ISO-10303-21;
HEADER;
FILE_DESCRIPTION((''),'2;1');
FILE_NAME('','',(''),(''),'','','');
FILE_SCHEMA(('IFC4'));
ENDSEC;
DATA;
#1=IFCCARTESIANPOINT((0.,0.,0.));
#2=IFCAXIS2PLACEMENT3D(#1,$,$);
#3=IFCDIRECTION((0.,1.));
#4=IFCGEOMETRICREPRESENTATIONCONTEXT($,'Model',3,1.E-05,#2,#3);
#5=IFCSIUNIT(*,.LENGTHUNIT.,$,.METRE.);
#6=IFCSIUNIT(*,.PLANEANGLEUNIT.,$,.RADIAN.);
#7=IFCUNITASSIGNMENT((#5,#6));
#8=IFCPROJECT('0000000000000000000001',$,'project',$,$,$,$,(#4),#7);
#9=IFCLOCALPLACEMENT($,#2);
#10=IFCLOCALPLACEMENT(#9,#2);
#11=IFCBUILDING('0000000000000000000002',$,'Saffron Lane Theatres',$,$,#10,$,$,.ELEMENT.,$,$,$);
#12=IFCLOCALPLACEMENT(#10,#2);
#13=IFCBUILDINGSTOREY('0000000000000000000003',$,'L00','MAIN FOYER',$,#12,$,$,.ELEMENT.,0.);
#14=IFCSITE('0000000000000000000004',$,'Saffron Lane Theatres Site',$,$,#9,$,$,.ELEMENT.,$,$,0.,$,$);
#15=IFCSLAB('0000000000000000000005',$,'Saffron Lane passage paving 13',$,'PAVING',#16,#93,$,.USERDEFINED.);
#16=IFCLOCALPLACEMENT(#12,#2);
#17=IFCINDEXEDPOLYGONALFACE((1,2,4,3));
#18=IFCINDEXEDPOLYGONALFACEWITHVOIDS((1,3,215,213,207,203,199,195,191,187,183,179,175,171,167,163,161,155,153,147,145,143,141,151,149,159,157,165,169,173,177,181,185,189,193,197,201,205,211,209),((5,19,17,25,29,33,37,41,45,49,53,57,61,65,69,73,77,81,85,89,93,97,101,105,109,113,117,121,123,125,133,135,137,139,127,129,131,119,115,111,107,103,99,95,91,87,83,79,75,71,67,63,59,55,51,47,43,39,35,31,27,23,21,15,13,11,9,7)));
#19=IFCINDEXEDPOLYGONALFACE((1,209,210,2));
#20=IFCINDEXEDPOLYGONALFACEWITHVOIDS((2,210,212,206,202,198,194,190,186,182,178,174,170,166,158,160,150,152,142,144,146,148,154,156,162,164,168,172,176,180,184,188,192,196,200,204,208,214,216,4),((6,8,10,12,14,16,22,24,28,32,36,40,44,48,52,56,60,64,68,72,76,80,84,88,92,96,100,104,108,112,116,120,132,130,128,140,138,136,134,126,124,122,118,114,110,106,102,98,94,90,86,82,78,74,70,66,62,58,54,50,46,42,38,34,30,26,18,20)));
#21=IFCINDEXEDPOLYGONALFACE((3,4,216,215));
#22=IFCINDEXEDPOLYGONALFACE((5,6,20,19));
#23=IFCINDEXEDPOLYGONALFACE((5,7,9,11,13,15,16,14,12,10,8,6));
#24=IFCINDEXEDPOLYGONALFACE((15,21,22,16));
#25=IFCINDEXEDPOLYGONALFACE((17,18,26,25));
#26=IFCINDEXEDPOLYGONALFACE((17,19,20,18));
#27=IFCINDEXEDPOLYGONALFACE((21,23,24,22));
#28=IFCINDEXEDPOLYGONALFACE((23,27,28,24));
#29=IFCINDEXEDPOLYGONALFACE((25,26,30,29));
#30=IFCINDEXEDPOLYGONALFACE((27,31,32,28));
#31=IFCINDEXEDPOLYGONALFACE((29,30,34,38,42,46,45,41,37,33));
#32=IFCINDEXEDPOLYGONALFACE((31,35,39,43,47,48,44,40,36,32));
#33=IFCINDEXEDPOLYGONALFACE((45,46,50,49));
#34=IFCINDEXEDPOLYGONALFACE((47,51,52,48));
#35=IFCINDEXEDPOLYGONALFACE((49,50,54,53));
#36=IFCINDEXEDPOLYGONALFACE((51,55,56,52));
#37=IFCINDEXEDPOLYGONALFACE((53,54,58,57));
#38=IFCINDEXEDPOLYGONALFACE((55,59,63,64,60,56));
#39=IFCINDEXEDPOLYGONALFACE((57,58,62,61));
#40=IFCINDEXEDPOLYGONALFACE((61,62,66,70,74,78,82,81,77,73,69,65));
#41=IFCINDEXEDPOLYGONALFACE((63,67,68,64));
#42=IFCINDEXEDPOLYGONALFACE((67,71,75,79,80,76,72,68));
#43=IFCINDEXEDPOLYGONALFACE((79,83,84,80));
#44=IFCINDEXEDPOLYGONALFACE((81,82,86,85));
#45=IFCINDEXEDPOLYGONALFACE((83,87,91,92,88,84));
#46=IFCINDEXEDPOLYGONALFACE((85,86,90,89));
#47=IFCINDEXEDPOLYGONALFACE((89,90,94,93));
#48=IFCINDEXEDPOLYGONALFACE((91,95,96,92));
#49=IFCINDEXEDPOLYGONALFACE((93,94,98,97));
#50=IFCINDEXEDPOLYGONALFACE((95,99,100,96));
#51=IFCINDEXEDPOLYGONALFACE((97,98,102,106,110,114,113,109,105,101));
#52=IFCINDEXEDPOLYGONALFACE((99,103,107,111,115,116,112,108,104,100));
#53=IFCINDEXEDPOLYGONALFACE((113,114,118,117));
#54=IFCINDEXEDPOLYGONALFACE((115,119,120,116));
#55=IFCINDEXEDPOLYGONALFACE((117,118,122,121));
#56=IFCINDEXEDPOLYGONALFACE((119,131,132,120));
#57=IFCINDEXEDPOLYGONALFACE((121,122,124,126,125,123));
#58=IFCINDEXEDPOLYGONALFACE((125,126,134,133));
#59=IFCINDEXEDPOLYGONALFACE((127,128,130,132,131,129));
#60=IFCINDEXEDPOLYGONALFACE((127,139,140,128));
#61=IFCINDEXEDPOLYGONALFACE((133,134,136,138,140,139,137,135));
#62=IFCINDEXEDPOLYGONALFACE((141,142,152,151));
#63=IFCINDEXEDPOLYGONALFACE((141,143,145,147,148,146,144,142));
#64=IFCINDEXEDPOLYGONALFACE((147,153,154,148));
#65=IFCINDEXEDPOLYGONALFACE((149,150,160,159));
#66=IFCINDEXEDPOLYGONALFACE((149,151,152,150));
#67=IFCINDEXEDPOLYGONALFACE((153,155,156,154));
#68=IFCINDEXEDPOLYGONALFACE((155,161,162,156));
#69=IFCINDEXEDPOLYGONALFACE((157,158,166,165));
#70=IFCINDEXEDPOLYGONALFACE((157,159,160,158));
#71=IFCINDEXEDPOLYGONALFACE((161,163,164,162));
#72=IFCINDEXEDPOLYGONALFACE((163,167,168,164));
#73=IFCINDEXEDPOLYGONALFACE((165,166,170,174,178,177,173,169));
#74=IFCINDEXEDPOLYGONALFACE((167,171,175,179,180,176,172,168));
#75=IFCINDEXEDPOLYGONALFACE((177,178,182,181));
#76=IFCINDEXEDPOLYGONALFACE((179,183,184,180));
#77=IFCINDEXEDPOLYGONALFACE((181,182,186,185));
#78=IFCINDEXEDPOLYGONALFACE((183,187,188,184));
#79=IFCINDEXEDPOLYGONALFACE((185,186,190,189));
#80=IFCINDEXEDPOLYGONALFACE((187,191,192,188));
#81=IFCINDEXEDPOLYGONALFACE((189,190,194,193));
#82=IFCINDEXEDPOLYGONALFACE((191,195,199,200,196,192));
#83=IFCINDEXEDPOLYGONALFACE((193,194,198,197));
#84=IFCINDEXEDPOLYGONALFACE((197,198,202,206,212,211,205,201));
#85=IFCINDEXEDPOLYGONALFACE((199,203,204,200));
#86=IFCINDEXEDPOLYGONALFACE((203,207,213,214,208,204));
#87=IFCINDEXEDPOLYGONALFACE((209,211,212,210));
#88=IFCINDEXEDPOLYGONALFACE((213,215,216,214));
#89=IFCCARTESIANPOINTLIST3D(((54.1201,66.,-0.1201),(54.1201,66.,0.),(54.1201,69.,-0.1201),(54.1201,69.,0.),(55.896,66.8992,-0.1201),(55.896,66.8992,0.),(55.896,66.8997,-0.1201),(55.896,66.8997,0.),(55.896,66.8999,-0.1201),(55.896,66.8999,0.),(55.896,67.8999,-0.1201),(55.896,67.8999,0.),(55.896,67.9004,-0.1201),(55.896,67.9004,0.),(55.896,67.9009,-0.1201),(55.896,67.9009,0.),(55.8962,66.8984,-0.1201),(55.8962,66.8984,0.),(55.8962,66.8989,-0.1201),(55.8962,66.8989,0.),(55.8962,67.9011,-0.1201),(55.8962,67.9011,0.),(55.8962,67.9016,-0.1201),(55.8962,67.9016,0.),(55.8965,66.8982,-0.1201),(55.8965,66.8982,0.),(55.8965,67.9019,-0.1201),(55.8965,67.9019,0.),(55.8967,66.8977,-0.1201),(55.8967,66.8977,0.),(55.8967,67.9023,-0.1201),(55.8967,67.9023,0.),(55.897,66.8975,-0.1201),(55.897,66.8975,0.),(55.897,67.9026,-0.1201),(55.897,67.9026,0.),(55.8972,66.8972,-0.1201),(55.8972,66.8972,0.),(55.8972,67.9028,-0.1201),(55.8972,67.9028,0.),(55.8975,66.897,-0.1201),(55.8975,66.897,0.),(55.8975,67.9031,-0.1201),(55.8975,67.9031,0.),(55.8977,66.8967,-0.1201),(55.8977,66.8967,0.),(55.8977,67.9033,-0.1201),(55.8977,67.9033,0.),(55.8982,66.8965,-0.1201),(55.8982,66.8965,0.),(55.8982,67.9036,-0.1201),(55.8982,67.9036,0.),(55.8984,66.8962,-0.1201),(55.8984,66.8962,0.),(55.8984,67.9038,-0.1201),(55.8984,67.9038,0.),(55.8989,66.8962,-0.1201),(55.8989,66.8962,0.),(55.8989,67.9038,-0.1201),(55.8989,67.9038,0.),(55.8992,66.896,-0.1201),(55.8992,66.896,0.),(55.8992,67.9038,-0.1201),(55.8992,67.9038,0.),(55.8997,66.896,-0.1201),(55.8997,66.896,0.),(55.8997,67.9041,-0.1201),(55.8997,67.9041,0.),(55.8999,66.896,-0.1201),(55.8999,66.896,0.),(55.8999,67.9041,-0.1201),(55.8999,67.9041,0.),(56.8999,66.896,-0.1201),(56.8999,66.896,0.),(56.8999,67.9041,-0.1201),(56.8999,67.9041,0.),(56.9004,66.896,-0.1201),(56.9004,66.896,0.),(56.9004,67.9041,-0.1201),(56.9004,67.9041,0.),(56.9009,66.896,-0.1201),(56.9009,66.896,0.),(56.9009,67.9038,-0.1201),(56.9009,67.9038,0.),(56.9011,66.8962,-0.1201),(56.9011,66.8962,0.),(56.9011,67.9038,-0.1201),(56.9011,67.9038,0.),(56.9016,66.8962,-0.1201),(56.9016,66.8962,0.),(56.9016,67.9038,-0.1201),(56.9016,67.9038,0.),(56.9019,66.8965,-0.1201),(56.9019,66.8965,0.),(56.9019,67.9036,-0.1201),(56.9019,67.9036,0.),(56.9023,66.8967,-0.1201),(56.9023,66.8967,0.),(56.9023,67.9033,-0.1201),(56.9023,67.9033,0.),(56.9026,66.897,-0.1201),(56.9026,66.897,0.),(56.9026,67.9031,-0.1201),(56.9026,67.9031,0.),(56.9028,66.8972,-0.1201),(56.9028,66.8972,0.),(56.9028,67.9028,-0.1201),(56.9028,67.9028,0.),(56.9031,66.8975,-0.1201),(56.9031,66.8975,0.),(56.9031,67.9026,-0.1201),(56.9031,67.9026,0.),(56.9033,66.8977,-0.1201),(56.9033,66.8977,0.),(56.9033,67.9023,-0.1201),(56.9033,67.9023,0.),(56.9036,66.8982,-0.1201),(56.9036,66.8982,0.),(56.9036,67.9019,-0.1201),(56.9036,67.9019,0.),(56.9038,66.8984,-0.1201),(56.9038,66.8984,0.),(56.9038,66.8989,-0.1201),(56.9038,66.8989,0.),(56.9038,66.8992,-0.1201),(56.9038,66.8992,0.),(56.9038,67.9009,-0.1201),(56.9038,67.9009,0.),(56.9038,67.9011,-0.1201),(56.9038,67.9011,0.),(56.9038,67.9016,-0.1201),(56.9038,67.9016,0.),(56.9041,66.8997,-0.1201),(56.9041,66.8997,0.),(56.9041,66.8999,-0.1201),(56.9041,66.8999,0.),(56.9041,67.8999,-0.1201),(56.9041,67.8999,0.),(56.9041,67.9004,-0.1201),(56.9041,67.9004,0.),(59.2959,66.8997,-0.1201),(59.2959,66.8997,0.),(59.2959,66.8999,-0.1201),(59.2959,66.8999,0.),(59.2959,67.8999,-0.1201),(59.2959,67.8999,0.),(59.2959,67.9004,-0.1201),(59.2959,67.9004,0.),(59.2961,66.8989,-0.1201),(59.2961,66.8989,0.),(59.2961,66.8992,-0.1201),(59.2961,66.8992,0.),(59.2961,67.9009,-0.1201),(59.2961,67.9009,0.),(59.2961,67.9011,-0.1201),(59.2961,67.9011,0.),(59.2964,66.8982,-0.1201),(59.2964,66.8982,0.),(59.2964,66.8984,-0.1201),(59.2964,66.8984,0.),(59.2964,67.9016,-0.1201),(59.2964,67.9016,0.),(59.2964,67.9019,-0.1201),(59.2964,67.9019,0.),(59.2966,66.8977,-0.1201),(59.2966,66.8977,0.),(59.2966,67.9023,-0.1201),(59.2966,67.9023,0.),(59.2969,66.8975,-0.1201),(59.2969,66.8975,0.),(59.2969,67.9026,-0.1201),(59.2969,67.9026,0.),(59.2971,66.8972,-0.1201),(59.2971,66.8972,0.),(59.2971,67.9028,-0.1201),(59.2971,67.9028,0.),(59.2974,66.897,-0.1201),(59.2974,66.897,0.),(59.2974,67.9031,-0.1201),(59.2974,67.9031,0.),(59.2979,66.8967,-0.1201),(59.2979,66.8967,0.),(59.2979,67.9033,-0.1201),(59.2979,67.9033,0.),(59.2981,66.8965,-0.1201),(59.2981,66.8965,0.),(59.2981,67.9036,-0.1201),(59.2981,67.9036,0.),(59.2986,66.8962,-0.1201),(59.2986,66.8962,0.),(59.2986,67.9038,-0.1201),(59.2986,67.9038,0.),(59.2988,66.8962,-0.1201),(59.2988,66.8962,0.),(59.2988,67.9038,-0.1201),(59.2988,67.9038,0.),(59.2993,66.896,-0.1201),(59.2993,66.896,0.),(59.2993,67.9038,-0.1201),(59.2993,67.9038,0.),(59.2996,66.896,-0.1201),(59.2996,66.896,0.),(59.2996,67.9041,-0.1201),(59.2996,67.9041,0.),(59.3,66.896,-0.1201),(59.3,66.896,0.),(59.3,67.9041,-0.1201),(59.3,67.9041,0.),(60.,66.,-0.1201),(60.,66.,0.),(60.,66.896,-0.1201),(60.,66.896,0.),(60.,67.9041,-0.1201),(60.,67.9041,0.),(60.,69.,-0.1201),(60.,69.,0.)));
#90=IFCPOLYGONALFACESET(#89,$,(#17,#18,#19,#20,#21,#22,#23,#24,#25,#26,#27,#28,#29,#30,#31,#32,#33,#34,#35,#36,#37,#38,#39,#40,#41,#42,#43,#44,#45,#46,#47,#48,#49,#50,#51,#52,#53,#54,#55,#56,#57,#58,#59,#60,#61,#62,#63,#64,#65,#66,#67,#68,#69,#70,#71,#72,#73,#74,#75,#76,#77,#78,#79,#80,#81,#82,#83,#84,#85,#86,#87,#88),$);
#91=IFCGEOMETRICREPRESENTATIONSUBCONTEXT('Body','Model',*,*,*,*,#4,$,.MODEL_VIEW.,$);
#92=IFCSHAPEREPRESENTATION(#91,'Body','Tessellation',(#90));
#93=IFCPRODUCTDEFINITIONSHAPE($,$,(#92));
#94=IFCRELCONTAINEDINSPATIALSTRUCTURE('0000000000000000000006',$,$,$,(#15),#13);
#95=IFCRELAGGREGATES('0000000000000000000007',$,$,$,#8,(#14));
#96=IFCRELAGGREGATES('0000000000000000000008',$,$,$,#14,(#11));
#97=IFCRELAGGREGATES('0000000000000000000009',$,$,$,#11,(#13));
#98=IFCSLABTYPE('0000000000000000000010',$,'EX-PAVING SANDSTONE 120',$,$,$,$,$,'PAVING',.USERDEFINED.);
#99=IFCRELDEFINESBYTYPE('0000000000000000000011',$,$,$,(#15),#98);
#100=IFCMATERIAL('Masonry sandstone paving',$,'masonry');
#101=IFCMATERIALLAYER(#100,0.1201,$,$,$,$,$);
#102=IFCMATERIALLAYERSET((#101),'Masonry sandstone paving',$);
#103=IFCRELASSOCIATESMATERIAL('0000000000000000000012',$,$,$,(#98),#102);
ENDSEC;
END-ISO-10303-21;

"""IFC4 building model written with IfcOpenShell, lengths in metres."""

from ifc_helpers import new_model, si_unit, direction, frame, origin, place, context, subcontext, project, spatial, polyline, outline, extrude, material, layer, layer_set, type_object, element, save


model = new_model("IFC4")

# Units and contexts
model_context = context("Model", 3, precision=1e-05, world=origin(), true_north=direction((0.0, 1.0)))
body_context = subcontext(model_context, "Body", "Model", "MODEL_VIEW")
ifc_project = project(units=[si_unit("LENGTHUNIT", "METRE"), si_unit("PLANEANGLEUNIT", "RADIAN")], contexts=[model_context])

# Site, building, storey
site_placement = place(None, origin())
site = spatial("IfcSite", under=ifc_project, at=site_placement, Name="Saffron Lane Theatres Site", CompositionType="ELEMENT", RefElevation=0.0)
building_placement = place(site_placement, origin())
building = spatial("IfcBuilding", under=site, at=building_placement, Name="Saffron Lane Theatres", CompositionType="ELEMENT")
storey_placement = place(building_placement, origin())
storey = spatial("IfcBuildingStorey", under=building, at=storey_placement, Name="L00", Description="MAIN FOYER", CompositionType="ELEMENT", Elevation=0.0)

# Slab
ifc_material_1 = material(Name="Masonry sandstone paving", Category="masonry")
ifc_layer_1 = layer(ifc_material_1, 0.1201)
ifc_layer_set_1 = layer_set([ifc_layer_1], Name="Masonry sandstone paving")
slab_type_1 = type_object("IfcSlabType", Name="EX-PAVING SANDSTONE 120", ElementType="PAVING", PredefinedType="USERDEFINED", material=ifc_layer_set_1)
slab_1_placement = place(storey_placement, frame((0.0, 0.0, -0.1201)))
element("IfcSlab", 1, at=slab_1_placement, inside=storey, type_object=slab_type_1, Name="Saffron Lane passage paving 13", ObjectType="PAVING", PredefinedType="USERDEFINED", context=body_context, shape_type="SweptSolid", body=[
    extrude(outline(polyline([(60.0, 67.9041), (60.0, 69.0), (54.1201, 69.0), (54.1201, 66.0), (60.0, 66.0), (60.0, 66.896), (59.3, 66.896), (59.2996, 66.896), (59.2993, 66.896), (59.2988, 66.8962), (59.2986, 66.8962), (59.2981, 66.8965), (59.2979, 66.8967), (59.2974, 66.897), (59.2971, 66.8972), (59.2969, 66.8975), (59.2966, 66.8977), (59.2964, 66.8982), (59.2964, 66.8984), (59.2961, 66.8989), (59.2961, 66.8992), (59.2959, 66.8997), (59.2959, 66.8999), (59.2959, 67.8999), (59.2959, 67.9004), (59.2961, 67.9009), (59.2961, 67.9011), (59.2964, 67.9016), (59.2964, 67.9019), (59.2966, 67.9023), (59.2969, 67.9026), (59.2971, 67.9028), (59.2974, 67.9031), (59.2979, 67.9033), (59.2981, 67.9036), (59.2986, 67.9038), (59.2988, 67.9038), (59.2993, 67.9038), (59.2996, 67.9041), (59.3, 67.9041), (60.0, 67.9041)]), holes=[polyline([(55.896, 67.9009), (55.8962, 67.9011), (55.8962, 67.9016), (55.8965, 67.9019), (55.8967, 67.9023), (55.897, 67.9026), (55.8972, 67.9028), (55.8975, 67.9031), (55.8977, 67.9033), (55.8982, 67.9036), (55.8984, 67.9038), (55.8989, 67.9038), (55.8992, 67.9038), (55.8997, 67.9041), (55.8999, 67.9041), (56.8999, 67.9041), (56.9004, 67.9041), (56.9009, 67.9038), (56.9011, 67.9038), (56.9016, 67.9038), (56.9019, 67.9036), (56.9023, 67.9033), (56.9026, 67.9031), (56.9028, 67.9028), (56.9031, 67.9026), (56.9033, 67.9023), (56.9036, 67.9019), (56.9038, 67.9016), (56.9038, 67.9011), (56.9038, 67.9009), (56.9041, 67.9004), (56.9041, 67.8999), (56.9041, 66.8999), (56.9041, 66.8997), (56.9038, 66.8992), (56.9038, 66.8989), (56.9038, 66.8984), (56.9036, 66.8982), (56.9033, 66.8977), (56.9031, 66.8975), (56.9028, 66.8972), (56.9026, 66.897), (56.9023, 66.8967), (56.9019, 66.8965), (56.9016, 66.8962), (56.9011, 66.8962), (56.9009, 66.896), (56.9004, 66.896), (56.8999, 66.896), (55.8999, 66.896), (55.8997, 66.896), (55.8992, 66.896), (55.8989, 66.8962), (55.8984, 66.8962), (55.8982, 66.8965), (55.8977, 66.8967), (55.8975, 66.897), (55.8972, 66.8972), (55.897, 66.8975), (55.8967, 66.8977), (55.8965, 66.8982), (55.8962, 66.8984), (55.8962, 66.8989), (55.896, 66.8992), (55.896, 66.8997), (55.896, 66.8999), (55.896, 67.8999), (55.896, 67.9004), (55.896, 67.9009)])]), origin(), (0.0, 0.0, 1.0), 0.1201),
])

save(model, "model.ifc")
